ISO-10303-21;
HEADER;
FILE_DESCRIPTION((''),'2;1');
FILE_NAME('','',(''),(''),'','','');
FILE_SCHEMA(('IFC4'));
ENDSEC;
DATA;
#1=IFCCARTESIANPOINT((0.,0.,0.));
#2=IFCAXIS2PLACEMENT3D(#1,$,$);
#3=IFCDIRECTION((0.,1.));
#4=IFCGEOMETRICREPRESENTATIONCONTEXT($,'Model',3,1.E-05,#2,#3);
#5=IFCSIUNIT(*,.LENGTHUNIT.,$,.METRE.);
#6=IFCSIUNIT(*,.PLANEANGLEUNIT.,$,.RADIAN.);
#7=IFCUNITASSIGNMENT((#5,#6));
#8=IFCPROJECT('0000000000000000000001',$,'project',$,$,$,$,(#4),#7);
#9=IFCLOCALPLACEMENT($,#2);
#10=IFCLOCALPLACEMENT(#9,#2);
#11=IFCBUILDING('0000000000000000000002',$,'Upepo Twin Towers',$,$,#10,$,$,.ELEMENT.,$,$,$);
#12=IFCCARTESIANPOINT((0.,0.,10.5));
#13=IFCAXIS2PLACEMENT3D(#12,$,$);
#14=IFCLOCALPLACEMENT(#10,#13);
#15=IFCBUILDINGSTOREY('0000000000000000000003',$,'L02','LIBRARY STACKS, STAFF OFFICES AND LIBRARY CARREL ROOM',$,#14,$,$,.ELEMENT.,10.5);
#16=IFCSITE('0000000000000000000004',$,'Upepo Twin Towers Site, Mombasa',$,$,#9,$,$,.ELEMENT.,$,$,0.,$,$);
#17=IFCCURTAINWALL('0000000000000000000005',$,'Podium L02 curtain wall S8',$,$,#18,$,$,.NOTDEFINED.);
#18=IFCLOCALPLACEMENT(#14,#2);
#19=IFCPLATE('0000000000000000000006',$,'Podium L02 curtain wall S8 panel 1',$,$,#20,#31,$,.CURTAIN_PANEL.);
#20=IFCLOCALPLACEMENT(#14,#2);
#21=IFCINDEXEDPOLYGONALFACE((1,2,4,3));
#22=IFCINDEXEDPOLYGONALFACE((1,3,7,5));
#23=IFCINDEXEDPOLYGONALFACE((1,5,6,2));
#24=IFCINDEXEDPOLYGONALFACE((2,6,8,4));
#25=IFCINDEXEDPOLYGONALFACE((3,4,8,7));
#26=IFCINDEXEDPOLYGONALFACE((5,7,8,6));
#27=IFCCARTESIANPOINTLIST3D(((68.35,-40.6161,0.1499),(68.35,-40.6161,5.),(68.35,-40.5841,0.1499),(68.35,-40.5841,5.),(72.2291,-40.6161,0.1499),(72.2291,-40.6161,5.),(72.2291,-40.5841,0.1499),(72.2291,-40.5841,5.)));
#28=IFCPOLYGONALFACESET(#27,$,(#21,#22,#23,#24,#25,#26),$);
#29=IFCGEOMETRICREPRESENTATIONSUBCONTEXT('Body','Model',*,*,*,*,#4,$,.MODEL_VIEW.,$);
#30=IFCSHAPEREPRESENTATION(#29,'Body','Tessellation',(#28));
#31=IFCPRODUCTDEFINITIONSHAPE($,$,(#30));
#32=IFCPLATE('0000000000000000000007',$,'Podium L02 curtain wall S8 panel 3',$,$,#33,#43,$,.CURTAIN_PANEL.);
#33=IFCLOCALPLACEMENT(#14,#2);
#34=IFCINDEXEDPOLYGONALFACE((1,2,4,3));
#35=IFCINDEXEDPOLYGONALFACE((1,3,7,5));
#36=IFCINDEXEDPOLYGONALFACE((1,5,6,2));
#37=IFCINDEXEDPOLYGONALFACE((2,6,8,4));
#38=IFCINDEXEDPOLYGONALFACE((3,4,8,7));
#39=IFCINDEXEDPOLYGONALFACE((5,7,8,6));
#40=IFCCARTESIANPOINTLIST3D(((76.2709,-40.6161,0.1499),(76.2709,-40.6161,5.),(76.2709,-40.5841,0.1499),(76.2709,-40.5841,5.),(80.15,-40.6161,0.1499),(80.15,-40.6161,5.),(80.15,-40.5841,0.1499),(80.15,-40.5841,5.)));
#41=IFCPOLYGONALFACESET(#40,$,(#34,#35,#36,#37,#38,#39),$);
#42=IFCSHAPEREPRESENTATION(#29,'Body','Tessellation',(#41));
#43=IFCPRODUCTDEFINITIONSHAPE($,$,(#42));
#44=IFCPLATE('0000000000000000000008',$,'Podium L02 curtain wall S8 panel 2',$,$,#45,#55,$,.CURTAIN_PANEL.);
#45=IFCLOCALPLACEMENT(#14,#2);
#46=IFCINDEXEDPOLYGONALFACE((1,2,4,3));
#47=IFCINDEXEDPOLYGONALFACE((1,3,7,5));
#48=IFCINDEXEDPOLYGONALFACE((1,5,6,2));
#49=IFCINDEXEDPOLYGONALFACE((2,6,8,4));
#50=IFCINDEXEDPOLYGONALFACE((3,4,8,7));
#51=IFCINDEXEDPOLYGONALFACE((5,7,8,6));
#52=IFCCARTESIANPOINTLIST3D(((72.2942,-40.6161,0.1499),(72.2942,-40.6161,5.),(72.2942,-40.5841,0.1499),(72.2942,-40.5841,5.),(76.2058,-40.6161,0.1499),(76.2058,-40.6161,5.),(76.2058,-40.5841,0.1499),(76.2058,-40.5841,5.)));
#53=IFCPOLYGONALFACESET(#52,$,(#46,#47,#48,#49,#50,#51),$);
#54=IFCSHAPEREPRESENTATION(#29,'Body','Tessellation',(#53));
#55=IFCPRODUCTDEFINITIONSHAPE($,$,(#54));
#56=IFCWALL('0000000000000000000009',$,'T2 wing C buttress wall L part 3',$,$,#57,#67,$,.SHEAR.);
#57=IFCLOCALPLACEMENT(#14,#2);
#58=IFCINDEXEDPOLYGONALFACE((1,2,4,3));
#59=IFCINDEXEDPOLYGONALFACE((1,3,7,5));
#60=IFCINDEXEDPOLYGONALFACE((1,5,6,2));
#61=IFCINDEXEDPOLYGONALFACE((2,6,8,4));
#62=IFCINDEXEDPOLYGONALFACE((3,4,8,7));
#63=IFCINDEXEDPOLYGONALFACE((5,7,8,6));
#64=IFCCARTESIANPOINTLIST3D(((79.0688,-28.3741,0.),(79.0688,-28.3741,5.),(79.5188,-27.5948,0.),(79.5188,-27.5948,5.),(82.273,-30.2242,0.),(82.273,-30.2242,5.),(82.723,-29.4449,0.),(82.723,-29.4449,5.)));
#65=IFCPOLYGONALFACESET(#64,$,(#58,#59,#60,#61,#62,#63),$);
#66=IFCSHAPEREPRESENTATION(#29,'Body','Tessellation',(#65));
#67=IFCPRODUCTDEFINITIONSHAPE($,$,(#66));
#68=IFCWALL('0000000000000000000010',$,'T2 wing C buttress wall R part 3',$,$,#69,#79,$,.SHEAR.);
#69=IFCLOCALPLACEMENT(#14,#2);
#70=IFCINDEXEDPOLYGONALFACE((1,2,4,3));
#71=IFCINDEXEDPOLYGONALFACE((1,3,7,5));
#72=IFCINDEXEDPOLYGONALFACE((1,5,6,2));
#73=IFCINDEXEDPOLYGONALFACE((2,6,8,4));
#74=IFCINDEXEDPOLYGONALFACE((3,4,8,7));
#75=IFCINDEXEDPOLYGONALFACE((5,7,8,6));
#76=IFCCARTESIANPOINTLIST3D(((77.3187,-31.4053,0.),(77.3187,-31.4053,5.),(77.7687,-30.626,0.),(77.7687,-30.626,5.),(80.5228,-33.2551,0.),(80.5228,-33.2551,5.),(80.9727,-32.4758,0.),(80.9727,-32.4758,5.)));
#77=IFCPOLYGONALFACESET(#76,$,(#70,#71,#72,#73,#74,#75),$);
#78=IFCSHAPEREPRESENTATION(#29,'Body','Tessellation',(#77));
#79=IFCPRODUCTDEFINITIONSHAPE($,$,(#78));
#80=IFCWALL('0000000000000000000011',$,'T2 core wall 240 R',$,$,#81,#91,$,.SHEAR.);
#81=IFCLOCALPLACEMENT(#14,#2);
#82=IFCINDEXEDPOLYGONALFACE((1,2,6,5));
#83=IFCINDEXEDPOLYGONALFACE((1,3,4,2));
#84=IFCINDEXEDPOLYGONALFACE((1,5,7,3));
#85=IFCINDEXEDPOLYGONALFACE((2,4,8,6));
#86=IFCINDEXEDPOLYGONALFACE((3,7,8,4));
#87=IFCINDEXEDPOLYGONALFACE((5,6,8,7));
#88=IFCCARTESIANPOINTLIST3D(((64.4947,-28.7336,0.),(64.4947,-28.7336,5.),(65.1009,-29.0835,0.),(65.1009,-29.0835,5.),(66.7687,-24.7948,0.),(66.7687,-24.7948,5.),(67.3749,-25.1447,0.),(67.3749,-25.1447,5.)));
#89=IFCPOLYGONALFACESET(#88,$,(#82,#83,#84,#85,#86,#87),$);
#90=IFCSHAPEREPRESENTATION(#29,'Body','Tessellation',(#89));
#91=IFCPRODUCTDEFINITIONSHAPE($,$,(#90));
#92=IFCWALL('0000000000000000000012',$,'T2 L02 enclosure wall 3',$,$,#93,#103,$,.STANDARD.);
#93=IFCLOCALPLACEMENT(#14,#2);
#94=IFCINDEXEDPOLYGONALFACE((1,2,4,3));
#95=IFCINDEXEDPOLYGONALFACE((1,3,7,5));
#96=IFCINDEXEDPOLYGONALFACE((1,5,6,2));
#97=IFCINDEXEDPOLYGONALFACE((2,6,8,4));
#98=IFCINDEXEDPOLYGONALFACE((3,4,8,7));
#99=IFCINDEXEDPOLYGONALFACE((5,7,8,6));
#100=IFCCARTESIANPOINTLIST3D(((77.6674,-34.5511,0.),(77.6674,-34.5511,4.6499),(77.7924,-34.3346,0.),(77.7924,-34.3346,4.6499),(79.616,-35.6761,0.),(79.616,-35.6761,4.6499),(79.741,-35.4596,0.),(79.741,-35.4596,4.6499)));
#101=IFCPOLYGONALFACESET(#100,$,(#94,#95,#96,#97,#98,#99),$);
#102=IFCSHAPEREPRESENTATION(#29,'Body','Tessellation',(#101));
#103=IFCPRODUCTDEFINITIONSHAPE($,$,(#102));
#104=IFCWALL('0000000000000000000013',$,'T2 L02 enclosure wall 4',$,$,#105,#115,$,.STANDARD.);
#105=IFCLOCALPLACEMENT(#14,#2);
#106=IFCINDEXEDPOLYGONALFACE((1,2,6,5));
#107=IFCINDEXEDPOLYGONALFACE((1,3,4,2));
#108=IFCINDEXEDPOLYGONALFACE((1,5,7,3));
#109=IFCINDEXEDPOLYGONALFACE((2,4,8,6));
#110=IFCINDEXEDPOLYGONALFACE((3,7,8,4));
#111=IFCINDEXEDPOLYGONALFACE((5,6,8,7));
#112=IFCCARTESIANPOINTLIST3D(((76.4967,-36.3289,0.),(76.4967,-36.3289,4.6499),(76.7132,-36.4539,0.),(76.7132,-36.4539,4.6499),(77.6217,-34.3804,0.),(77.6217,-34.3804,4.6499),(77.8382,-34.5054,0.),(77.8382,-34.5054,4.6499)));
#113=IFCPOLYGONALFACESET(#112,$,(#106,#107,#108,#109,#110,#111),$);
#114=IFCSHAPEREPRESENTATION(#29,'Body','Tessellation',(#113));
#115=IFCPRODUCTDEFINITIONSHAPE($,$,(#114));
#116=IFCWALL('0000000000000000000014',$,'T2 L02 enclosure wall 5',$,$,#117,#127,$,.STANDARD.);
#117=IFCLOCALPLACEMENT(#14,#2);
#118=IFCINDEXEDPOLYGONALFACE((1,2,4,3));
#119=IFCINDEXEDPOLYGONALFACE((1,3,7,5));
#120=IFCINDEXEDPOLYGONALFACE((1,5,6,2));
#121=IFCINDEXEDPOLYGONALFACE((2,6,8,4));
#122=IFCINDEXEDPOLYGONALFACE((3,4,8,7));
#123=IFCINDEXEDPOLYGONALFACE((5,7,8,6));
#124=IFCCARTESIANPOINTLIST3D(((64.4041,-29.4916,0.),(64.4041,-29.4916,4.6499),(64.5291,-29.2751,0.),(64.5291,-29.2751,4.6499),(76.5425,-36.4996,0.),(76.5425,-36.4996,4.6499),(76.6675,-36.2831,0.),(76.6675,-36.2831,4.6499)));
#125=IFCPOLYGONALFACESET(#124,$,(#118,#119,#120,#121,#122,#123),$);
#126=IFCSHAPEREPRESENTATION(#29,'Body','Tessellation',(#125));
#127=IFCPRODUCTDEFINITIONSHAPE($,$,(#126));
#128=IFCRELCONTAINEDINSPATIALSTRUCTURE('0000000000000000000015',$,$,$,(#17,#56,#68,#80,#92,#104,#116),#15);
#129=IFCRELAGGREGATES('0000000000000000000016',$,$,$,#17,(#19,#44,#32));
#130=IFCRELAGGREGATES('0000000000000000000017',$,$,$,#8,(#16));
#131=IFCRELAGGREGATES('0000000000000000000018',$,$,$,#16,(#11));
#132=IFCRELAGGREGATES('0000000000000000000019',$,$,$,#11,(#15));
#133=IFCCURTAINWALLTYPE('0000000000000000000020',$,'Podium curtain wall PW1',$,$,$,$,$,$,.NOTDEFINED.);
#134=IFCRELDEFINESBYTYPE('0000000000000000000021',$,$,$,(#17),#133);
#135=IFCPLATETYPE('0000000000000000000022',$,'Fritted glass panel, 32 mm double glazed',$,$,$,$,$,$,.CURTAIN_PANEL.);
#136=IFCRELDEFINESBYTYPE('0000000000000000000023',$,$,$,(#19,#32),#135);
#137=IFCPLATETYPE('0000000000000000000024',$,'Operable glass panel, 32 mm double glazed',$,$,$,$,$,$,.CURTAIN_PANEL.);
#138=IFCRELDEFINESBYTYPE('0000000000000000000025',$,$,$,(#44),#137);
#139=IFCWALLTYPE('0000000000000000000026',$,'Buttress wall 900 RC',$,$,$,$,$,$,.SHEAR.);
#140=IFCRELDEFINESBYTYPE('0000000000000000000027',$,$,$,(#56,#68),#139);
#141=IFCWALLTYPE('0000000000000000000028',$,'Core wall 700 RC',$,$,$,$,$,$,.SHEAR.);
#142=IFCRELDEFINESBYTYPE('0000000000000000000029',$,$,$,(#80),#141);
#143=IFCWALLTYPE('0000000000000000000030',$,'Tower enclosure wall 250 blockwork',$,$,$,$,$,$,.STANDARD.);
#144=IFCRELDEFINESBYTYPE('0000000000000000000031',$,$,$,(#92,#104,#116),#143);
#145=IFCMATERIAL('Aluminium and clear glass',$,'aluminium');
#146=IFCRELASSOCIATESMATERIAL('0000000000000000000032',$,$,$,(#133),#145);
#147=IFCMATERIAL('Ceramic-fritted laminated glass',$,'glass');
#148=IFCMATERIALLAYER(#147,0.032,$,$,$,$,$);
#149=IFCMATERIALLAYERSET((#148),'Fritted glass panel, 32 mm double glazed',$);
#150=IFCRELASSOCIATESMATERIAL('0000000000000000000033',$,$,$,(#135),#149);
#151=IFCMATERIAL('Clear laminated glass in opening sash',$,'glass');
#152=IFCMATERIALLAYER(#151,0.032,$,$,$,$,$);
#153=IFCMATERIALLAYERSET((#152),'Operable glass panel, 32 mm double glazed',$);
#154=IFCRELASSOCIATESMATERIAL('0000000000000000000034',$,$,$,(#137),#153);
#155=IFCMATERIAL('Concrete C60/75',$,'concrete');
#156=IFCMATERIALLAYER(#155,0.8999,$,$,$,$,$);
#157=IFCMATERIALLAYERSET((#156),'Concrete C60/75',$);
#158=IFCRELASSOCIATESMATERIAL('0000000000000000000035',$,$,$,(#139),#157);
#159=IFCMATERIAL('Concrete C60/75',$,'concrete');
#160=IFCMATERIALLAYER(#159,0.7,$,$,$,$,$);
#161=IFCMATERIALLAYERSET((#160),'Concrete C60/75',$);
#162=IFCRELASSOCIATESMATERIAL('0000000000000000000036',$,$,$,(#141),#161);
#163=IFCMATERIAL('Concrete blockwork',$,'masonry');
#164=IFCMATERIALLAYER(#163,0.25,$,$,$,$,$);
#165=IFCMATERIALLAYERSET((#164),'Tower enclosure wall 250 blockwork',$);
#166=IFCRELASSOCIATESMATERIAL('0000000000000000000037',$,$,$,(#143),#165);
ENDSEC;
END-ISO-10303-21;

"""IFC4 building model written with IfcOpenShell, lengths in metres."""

from ifc_helpers import new_model, si_unit, direction, frame, frame_2d, origin, origin_2d, place, context, subcontext, project, spatial, rectangle, extrude, material, layer, layer_set, type_object, element, aggregate, save


model = new_model("IFC4")

# Units and contexts
model_context = context("Model", 3, precision=1e-05, world=origin(), true_north=direction((0.0, 1.0)))
body_context = subcontext(model_context, "Body", "Model", "MODEL_VIEW")
ifc_project = project(units=[si_unit("LENGTHUNIT", "METRE"), si_unit("PLANEANGLEUNIT", "RADIAN")], contexts=[model_context])

# Site, building, storey
site_placement = place(None, origin())
site = spatial("IfcSite", under=ifc_project, at=site_placement, Name="Upepo Twin Towers Site, Mombasa", CompositionType="ELEMENT", RefElevation=0.0)
building_placement = place(site_placement, origin())
building = spatial("IfcBuilding", under=site, at=building_placement, Name="Upepo Twin Towers", CompositionType="ELEMENT")
storey_placement = place(building_placement, frame((0.0, 0.0, 10.5)))
storey = spatial("IfcBuildingStorey", under=building, at=storey_placement, Name="L02", Description="LIBRARY STACKS, STAFF OFFICES AND LIBRARY CARREL ROOM", CompositionType="ELEMENT", Elevation=10.5)

# Shared definitions
ifc_material_1 = material(Name="Aluminium and clear glass", Category="aluminium")
curtain_wall_type = type_object("IfcCurtainWallType", Name="Podium curtain wall PW1", PredefinedType="NOTDEFINED", material=ifc_material_1)

# Curtain wall, plates
curtain_wall_1_placement = place(storey_placement, origin())
curtain_wall_1 = element("IfcCurtainWall", 1, at=curtain_wall_1_placement, inside=storey, type_object=curtain_wall_type, Name="Podium L02 curtain wall S8", PredefinedType="NOTDEFINED")
ifc_material_2 = material(Name="Ceramic-fritted laminated glass", Category="glass")
ifc_layer_1 = layer(ifc_material_2, 0.032)
ifc_layer_set_1 = layer_set([ifc_layer_1], Name="Fritted glass panel, 32 mm double glazed")
plate_type_1 = type_object("IfcPlateType", Name="Fritted glass panel, 32 mm double glazed", PredefinedType="CURTAIN_PANEL", material=ifc_layer_set_1)
plate_1_placement = place(storey_placement, frame((70.2896, -40.6001, 0.1499), z_axis=(0.0, 0.0, 1.0), x_axis=(1.0, 0.0, 0.0)))
plate_1 = element("IfcPlate", 2, at=plate_1_placement, type_object=plate_type_1, Name="Podium L02 curtain wall S8 panel 1", PredefinedType="CURTAIN_PANEL", context=body_context, shape_type="SweptSolid", body=[
    extrude(rectangle(XDim=3.8792, YDim=0.032, at=origin_2d()), origin(), (0.0, 0.0, 1.0), 4.8501),
])
plate_2_placement = place(storey_placement, frame((78.2104, -40.6001, 0.1499), z_axis=(0.0, 0.0, 1.0), x_axis=(1.0, 0.0, 0.0)))
plate_2 = element("IfcPlate", 3, at=plate_2_placement, type_object=plate_type_1, Name="Podium L02 curtain wall S8 panel 3", PredefinedType="CURTAIN_PANEL", context=body_context, shape_type="SweptSolid", body=[
    extrude(rectangle(XDim=3.8792, YDim=0.032, at=origin_2d()), origin(), (0.0, 0.0, 1.0), 4.8501),
])
ifc_material_3 = material(Name="Clear laminated glass in opening sash", Category="glass")
ifc_layer_2 = layer(ifc_material_3, 0.032)
ifc_layer_set_2 = layer_set([ifc_layer_2], Name="Operable glass panel, 32 mm double glazed")
plate_type_2 = type_object("IfcPlateType", Name="Operable glass panel, 32 mm double glazed", PredefinedType="CURTAIN_PANEL", material=ifc_layer_set_2)
plate_3_placement = place(storey_placement, frame((74.25, -40.6001, 0.1499), z_axis=(0.0, 0.0, 1.0), x_axis=(1.0, 0.0, 0.0)))
plate_3 = element("IfcPlate", 4, at=plate_3_placement, type_object=plate_type_2, Name="Podium L02 curtain wall S8 panel 2", PredefinedType="CURTAIN_PANEL", context=body_context, shape_type="SweptSolid", body=[
    extrude(rectangle(XDim=3.9116, YDim=0.032, at=origin_2d()), origin(), (0.0, 0.0, 1.0), 4.8501),
])
aggregate(curtain_wall_1, [plate_1, plate_3, plate_2])

# Walls
ifc_material_4 = material(Name="Concrete C60/75", Category="concrete")
ifc_layer_3 = layer(ifc_material_4, 0.8999)
ifc_layer_set_3 = layer_set([ifc_layer_3], Name="Concrete C60/75")
wall_type_1 = type_object("IfcWallType", Name="Buttress wall 900 RC", PredefinedType="SHEAR", material=ifc_layer_set_3)
wall_1_placement = place(storey_placement, frame((79.2937, -27.9844, 0.0), z_axis=(0.0, 0.0, 1.0), x_axis=(0.866001, -0.500042, 0.0)))
element("IfcWall", 5, at=wall_1_placement, inside=storey, type_object=wall_type_1, Name="T2 wing C buttress wall L part 3", PredefinedType="SHEAR", context=body_context, shape_type="SweptSolid", body=[
    extrude(rectangle(XDim=3.7, YDim=0.8999, at=frame_2d((1.8501, 0.0))), origin(), (0.0, 0.0, 1.0), 5.0),
])
wall_2_placement = place(storey_placement, frame((77.5437, -31.0156, 0.0), z_axis=(0.0, 0.0, 1.0), x_axis=(0.86603, -0.499993, 0.0)))
element("IfcWall", 6, at=wall_2_placement, inside=storey, type_object=wall_type_1, Name="T2 wing C buttress wall R part 3", PredefinedType="SHEAR", context=body_context, shape_type="SweptSolid", body=[
    extrude(rectangle(XDim=3.6997, YDim=0.8999, at=frame_2d((1.8499, 0.0))), origin(), (0.0, 0.0, 1.0), 5.0),
])
ifc_material_5 = material(Name="Concrete C60/75", Category="concrete")
ifc_layer_4 = layer(ifc_material_5, 0.7)
ifc_layer_set_4 = layer_set([ifc_layer_4], Name="Concrete C60/75")
wall_type_2 = type_object("IfcWallType", Name="Core wall 700 RC", PredefinedType="SHEAR", material=ifc_layer_set_4)
wall_3_placement = place(storey_placement, frame((64.7979, -28.9084, 0.0), z_axis=(0.0, 0.0, 1.0), x_axis=(0.499984, 0.866035, 0.0)))
element("IfcWall", 7, at=wall_3_placement, inside=storey, type_object=wall_type_2, Name="T2 core wall 240 R", PredefinedType="SHEAR", context=body_context, shape_type="SweptSolid", body=[
    extrude(rectangle(XDim=4.5481, YDim=0.7, at=frame_2d((2.2739, 0.0))), origin(), (0.0, 0.0, 1.0), 5.0),
])
ifc_material_6 = material(Name="Concrete blockwork", Category="masonry")
ifc_layer_5 = layer(ifc_material_6, 0.25)
ifc_layer_set_5 = layer_set([ifc_layer_5], Name="Tower enclosure wall 250 blockwork")
wall_type_3 = type_object("IfcWallType", Name="Tower enclosure wall 250 blockwork", PredefinedType="STANDARD", material=ifc_layer_set_5)
for number, where, z_axis, x_axis, name in (
    (8, (79.6785, -35.5679, 0.0), (0.0, 0.0, 1.0), (-0.866018, 0.500014, 0.0), "T2 L02 enclosure wall 3"),
    (9, (77.73, -34.4429, 0.0), (0.0, 0.0, 1.0), (-0.500014, -0.866018, 0.0), "T2 L02 enclosure wall 4"),
):
    element("IfcWall", number, at=place(storey_placement, frame(where, z_axis=z_axis, x_axis=x_axis)), inside=storey, type_object=wall_type_3, Name=name, PredefinedType="STANDARD", context=body_context, shape_type="SweptSolid", body=[
        extrude(rectangle(XDim=2.25, YDim=0.25, at=frame_2d((1.125, 0.0))), origin(), (0.0, 0.0, 1.0), 4.6499),
    ])
wall_4_placement = place(storey_placement, frame((76.605, -36.3914, 0.0), z_axis=(0.0, 0.0, 1.0), x_axis=(-0.866028, 0.499996, 0.0)))
element("IfcWall", 10, at=wall_4_placement, inside=storey, type_object=wall_type_3, Name="T2 L02 enclosure wall 5", PredefinedType="STANDARD", context=body_context, shape_type="SweptSolid", body=[
    extrude(rectangle(XDim=14.0161, YDim=0.25, at=frame_2d((7.0081, 0.0))), origin(), (0.0, 0.0, 1.0), 4.6499),
])

save(model, "model.ifc")
